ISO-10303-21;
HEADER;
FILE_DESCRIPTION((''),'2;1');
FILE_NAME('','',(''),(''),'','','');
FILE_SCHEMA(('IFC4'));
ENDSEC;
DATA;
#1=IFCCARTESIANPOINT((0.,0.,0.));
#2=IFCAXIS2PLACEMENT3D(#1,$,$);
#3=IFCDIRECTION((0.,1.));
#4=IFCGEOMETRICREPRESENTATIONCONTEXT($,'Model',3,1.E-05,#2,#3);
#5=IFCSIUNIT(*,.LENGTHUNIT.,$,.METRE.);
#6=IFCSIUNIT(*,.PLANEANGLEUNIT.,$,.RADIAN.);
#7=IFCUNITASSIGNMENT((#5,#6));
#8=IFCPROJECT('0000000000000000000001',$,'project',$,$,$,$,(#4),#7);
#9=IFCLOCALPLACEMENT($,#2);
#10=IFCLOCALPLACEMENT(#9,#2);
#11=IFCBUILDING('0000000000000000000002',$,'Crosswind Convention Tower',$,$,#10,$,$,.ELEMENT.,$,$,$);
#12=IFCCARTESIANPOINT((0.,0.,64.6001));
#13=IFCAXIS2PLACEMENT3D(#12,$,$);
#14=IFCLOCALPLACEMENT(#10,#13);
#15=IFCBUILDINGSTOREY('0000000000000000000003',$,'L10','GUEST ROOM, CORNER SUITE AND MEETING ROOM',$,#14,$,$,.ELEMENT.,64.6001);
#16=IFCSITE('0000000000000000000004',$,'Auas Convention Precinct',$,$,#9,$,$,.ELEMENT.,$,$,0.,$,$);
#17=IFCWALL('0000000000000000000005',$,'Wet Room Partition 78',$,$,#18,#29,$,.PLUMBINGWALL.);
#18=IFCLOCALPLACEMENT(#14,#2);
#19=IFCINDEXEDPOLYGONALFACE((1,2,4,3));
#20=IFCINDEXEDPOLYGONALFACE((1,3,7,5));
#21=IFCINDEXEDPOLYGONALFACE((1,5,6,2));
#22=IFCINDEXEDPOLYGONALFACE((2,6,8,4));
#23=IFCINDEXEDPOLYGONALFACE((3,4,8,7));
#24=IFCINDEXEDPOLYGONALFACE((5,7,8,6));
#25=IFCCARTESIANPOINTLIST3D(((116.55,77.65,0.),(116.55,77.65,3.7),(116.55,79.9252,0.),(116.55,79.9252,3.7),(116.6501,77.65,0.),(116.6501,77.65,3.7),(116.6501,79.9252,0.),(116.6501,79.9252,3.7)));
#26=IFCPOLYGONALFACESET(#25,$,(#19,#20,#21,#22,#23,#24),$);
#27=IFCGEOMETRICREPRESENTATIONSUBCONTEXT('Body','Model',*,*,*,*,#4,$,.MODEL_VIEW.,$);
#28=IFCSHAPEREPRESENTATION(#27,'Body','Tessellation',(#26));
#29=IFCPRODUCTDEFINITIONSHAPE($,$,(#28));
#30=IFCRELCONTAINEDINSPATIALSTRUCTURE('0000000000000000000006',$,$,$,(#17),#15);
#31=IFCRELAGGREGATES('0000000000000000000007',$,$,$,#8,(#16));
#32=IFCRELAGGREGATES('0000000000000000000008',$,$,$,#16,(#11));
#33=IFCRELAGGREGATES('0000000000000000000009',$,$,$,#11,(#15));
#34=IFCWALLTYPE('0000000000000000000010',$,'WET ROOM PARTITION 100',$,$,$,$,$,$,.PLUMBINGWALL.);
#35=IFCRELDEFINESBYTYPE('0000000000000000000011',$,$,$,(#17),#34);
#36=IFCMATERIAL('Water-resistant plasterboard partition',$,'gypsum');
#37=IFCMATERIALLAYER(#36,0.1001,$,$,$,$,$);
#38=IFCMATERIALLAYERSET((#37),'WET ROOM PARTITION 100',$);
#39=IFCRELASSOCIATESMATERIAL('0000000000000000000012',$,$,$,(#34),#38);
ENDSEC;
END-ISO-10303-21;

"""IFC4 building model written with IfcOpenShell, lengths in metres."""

from ifc_helpers import new_model, si_unit, direction, frame, frame_2d, origin, place, context, subcontext, project, spatial, rectangle, extrude, material, layer, layer_set, type_object, element, save


model = new_model("IFC4")

# Units and contexts
model_context = context("Model", 3, precision=1e-05, world=origin(), true_north=direction((0.0, 1.0)))
body_context = subcontext(model_context, "Body", "Model", "MODEL_VIEW")
ifc_project = project(units=[si_unit("LENGTHUNIT", "METRE"), si_unit("PLANEANGLEUNIT", "RADIAN")], contexts=[model_context])

# Site, building, storey
site_placement = place(None, origin())
site = spatial("IfcSite", under=ifc_project, at=site_placement, Name="Auas Convention Precinct", CompositionType="ELEMENT", RefElevation=0.0)
building_placement = place(site_placement, origin())
building = spatial("IfcBuilding", under=site, at=building_placement, Name="Crosswind Convention Tower", CompositionType="ELEMENT")
storey_placement = place(building_placement, frame((0.0, 0.0, 64.6001)))
storey = spatial("IfcBuildingStorey", under=building, at=storey_placement, Name="L10", Description="GUEST ROOM, CORNER SUITE AND MEETING ROOM", CompositionType="ELEMENT", Elevation=64.6001)

# Shared definitions
ifc_material_1 = material(Name="Water-resistant plasterboard partition", Category="gypsum")
ifc_layer_1 = layer(ifc_material_1, 0.1001)
ifc_layer_set_1 = layer_set([ifc_layer_1], Name="WET ROOM PARTITION 100")
wall_type_1 = type_object("IfcWallType", Name="WET ROOM PARTITION 100", PredefinedType="PLUMBINGWALL", material=ifc_layer_set_1)

# Wall
wall_1_placement = place(storey_placement, frame((116.6001, 77.6499, 0.0), z_axis=(0.0, 0.0, 1.0), x_axis=(0.0, 1.0, 0.0)))
element("IfcWall", 1, at=wall_1_placement, inside=storey, type_object=wall_type_1, Name="Wet Room Partition 78", PredefinedType="PLUMBINGWALL", context=body_context, shape_type="SweptSolid", body=[
    extrude(rectangle(XDim=2.2751, YDim=0.1001, at=frame_2d((1.1377, 0.0))), origin(), (0.0, 0.0, 1.0), 3.7),
])

save(model, "model.ifc")
